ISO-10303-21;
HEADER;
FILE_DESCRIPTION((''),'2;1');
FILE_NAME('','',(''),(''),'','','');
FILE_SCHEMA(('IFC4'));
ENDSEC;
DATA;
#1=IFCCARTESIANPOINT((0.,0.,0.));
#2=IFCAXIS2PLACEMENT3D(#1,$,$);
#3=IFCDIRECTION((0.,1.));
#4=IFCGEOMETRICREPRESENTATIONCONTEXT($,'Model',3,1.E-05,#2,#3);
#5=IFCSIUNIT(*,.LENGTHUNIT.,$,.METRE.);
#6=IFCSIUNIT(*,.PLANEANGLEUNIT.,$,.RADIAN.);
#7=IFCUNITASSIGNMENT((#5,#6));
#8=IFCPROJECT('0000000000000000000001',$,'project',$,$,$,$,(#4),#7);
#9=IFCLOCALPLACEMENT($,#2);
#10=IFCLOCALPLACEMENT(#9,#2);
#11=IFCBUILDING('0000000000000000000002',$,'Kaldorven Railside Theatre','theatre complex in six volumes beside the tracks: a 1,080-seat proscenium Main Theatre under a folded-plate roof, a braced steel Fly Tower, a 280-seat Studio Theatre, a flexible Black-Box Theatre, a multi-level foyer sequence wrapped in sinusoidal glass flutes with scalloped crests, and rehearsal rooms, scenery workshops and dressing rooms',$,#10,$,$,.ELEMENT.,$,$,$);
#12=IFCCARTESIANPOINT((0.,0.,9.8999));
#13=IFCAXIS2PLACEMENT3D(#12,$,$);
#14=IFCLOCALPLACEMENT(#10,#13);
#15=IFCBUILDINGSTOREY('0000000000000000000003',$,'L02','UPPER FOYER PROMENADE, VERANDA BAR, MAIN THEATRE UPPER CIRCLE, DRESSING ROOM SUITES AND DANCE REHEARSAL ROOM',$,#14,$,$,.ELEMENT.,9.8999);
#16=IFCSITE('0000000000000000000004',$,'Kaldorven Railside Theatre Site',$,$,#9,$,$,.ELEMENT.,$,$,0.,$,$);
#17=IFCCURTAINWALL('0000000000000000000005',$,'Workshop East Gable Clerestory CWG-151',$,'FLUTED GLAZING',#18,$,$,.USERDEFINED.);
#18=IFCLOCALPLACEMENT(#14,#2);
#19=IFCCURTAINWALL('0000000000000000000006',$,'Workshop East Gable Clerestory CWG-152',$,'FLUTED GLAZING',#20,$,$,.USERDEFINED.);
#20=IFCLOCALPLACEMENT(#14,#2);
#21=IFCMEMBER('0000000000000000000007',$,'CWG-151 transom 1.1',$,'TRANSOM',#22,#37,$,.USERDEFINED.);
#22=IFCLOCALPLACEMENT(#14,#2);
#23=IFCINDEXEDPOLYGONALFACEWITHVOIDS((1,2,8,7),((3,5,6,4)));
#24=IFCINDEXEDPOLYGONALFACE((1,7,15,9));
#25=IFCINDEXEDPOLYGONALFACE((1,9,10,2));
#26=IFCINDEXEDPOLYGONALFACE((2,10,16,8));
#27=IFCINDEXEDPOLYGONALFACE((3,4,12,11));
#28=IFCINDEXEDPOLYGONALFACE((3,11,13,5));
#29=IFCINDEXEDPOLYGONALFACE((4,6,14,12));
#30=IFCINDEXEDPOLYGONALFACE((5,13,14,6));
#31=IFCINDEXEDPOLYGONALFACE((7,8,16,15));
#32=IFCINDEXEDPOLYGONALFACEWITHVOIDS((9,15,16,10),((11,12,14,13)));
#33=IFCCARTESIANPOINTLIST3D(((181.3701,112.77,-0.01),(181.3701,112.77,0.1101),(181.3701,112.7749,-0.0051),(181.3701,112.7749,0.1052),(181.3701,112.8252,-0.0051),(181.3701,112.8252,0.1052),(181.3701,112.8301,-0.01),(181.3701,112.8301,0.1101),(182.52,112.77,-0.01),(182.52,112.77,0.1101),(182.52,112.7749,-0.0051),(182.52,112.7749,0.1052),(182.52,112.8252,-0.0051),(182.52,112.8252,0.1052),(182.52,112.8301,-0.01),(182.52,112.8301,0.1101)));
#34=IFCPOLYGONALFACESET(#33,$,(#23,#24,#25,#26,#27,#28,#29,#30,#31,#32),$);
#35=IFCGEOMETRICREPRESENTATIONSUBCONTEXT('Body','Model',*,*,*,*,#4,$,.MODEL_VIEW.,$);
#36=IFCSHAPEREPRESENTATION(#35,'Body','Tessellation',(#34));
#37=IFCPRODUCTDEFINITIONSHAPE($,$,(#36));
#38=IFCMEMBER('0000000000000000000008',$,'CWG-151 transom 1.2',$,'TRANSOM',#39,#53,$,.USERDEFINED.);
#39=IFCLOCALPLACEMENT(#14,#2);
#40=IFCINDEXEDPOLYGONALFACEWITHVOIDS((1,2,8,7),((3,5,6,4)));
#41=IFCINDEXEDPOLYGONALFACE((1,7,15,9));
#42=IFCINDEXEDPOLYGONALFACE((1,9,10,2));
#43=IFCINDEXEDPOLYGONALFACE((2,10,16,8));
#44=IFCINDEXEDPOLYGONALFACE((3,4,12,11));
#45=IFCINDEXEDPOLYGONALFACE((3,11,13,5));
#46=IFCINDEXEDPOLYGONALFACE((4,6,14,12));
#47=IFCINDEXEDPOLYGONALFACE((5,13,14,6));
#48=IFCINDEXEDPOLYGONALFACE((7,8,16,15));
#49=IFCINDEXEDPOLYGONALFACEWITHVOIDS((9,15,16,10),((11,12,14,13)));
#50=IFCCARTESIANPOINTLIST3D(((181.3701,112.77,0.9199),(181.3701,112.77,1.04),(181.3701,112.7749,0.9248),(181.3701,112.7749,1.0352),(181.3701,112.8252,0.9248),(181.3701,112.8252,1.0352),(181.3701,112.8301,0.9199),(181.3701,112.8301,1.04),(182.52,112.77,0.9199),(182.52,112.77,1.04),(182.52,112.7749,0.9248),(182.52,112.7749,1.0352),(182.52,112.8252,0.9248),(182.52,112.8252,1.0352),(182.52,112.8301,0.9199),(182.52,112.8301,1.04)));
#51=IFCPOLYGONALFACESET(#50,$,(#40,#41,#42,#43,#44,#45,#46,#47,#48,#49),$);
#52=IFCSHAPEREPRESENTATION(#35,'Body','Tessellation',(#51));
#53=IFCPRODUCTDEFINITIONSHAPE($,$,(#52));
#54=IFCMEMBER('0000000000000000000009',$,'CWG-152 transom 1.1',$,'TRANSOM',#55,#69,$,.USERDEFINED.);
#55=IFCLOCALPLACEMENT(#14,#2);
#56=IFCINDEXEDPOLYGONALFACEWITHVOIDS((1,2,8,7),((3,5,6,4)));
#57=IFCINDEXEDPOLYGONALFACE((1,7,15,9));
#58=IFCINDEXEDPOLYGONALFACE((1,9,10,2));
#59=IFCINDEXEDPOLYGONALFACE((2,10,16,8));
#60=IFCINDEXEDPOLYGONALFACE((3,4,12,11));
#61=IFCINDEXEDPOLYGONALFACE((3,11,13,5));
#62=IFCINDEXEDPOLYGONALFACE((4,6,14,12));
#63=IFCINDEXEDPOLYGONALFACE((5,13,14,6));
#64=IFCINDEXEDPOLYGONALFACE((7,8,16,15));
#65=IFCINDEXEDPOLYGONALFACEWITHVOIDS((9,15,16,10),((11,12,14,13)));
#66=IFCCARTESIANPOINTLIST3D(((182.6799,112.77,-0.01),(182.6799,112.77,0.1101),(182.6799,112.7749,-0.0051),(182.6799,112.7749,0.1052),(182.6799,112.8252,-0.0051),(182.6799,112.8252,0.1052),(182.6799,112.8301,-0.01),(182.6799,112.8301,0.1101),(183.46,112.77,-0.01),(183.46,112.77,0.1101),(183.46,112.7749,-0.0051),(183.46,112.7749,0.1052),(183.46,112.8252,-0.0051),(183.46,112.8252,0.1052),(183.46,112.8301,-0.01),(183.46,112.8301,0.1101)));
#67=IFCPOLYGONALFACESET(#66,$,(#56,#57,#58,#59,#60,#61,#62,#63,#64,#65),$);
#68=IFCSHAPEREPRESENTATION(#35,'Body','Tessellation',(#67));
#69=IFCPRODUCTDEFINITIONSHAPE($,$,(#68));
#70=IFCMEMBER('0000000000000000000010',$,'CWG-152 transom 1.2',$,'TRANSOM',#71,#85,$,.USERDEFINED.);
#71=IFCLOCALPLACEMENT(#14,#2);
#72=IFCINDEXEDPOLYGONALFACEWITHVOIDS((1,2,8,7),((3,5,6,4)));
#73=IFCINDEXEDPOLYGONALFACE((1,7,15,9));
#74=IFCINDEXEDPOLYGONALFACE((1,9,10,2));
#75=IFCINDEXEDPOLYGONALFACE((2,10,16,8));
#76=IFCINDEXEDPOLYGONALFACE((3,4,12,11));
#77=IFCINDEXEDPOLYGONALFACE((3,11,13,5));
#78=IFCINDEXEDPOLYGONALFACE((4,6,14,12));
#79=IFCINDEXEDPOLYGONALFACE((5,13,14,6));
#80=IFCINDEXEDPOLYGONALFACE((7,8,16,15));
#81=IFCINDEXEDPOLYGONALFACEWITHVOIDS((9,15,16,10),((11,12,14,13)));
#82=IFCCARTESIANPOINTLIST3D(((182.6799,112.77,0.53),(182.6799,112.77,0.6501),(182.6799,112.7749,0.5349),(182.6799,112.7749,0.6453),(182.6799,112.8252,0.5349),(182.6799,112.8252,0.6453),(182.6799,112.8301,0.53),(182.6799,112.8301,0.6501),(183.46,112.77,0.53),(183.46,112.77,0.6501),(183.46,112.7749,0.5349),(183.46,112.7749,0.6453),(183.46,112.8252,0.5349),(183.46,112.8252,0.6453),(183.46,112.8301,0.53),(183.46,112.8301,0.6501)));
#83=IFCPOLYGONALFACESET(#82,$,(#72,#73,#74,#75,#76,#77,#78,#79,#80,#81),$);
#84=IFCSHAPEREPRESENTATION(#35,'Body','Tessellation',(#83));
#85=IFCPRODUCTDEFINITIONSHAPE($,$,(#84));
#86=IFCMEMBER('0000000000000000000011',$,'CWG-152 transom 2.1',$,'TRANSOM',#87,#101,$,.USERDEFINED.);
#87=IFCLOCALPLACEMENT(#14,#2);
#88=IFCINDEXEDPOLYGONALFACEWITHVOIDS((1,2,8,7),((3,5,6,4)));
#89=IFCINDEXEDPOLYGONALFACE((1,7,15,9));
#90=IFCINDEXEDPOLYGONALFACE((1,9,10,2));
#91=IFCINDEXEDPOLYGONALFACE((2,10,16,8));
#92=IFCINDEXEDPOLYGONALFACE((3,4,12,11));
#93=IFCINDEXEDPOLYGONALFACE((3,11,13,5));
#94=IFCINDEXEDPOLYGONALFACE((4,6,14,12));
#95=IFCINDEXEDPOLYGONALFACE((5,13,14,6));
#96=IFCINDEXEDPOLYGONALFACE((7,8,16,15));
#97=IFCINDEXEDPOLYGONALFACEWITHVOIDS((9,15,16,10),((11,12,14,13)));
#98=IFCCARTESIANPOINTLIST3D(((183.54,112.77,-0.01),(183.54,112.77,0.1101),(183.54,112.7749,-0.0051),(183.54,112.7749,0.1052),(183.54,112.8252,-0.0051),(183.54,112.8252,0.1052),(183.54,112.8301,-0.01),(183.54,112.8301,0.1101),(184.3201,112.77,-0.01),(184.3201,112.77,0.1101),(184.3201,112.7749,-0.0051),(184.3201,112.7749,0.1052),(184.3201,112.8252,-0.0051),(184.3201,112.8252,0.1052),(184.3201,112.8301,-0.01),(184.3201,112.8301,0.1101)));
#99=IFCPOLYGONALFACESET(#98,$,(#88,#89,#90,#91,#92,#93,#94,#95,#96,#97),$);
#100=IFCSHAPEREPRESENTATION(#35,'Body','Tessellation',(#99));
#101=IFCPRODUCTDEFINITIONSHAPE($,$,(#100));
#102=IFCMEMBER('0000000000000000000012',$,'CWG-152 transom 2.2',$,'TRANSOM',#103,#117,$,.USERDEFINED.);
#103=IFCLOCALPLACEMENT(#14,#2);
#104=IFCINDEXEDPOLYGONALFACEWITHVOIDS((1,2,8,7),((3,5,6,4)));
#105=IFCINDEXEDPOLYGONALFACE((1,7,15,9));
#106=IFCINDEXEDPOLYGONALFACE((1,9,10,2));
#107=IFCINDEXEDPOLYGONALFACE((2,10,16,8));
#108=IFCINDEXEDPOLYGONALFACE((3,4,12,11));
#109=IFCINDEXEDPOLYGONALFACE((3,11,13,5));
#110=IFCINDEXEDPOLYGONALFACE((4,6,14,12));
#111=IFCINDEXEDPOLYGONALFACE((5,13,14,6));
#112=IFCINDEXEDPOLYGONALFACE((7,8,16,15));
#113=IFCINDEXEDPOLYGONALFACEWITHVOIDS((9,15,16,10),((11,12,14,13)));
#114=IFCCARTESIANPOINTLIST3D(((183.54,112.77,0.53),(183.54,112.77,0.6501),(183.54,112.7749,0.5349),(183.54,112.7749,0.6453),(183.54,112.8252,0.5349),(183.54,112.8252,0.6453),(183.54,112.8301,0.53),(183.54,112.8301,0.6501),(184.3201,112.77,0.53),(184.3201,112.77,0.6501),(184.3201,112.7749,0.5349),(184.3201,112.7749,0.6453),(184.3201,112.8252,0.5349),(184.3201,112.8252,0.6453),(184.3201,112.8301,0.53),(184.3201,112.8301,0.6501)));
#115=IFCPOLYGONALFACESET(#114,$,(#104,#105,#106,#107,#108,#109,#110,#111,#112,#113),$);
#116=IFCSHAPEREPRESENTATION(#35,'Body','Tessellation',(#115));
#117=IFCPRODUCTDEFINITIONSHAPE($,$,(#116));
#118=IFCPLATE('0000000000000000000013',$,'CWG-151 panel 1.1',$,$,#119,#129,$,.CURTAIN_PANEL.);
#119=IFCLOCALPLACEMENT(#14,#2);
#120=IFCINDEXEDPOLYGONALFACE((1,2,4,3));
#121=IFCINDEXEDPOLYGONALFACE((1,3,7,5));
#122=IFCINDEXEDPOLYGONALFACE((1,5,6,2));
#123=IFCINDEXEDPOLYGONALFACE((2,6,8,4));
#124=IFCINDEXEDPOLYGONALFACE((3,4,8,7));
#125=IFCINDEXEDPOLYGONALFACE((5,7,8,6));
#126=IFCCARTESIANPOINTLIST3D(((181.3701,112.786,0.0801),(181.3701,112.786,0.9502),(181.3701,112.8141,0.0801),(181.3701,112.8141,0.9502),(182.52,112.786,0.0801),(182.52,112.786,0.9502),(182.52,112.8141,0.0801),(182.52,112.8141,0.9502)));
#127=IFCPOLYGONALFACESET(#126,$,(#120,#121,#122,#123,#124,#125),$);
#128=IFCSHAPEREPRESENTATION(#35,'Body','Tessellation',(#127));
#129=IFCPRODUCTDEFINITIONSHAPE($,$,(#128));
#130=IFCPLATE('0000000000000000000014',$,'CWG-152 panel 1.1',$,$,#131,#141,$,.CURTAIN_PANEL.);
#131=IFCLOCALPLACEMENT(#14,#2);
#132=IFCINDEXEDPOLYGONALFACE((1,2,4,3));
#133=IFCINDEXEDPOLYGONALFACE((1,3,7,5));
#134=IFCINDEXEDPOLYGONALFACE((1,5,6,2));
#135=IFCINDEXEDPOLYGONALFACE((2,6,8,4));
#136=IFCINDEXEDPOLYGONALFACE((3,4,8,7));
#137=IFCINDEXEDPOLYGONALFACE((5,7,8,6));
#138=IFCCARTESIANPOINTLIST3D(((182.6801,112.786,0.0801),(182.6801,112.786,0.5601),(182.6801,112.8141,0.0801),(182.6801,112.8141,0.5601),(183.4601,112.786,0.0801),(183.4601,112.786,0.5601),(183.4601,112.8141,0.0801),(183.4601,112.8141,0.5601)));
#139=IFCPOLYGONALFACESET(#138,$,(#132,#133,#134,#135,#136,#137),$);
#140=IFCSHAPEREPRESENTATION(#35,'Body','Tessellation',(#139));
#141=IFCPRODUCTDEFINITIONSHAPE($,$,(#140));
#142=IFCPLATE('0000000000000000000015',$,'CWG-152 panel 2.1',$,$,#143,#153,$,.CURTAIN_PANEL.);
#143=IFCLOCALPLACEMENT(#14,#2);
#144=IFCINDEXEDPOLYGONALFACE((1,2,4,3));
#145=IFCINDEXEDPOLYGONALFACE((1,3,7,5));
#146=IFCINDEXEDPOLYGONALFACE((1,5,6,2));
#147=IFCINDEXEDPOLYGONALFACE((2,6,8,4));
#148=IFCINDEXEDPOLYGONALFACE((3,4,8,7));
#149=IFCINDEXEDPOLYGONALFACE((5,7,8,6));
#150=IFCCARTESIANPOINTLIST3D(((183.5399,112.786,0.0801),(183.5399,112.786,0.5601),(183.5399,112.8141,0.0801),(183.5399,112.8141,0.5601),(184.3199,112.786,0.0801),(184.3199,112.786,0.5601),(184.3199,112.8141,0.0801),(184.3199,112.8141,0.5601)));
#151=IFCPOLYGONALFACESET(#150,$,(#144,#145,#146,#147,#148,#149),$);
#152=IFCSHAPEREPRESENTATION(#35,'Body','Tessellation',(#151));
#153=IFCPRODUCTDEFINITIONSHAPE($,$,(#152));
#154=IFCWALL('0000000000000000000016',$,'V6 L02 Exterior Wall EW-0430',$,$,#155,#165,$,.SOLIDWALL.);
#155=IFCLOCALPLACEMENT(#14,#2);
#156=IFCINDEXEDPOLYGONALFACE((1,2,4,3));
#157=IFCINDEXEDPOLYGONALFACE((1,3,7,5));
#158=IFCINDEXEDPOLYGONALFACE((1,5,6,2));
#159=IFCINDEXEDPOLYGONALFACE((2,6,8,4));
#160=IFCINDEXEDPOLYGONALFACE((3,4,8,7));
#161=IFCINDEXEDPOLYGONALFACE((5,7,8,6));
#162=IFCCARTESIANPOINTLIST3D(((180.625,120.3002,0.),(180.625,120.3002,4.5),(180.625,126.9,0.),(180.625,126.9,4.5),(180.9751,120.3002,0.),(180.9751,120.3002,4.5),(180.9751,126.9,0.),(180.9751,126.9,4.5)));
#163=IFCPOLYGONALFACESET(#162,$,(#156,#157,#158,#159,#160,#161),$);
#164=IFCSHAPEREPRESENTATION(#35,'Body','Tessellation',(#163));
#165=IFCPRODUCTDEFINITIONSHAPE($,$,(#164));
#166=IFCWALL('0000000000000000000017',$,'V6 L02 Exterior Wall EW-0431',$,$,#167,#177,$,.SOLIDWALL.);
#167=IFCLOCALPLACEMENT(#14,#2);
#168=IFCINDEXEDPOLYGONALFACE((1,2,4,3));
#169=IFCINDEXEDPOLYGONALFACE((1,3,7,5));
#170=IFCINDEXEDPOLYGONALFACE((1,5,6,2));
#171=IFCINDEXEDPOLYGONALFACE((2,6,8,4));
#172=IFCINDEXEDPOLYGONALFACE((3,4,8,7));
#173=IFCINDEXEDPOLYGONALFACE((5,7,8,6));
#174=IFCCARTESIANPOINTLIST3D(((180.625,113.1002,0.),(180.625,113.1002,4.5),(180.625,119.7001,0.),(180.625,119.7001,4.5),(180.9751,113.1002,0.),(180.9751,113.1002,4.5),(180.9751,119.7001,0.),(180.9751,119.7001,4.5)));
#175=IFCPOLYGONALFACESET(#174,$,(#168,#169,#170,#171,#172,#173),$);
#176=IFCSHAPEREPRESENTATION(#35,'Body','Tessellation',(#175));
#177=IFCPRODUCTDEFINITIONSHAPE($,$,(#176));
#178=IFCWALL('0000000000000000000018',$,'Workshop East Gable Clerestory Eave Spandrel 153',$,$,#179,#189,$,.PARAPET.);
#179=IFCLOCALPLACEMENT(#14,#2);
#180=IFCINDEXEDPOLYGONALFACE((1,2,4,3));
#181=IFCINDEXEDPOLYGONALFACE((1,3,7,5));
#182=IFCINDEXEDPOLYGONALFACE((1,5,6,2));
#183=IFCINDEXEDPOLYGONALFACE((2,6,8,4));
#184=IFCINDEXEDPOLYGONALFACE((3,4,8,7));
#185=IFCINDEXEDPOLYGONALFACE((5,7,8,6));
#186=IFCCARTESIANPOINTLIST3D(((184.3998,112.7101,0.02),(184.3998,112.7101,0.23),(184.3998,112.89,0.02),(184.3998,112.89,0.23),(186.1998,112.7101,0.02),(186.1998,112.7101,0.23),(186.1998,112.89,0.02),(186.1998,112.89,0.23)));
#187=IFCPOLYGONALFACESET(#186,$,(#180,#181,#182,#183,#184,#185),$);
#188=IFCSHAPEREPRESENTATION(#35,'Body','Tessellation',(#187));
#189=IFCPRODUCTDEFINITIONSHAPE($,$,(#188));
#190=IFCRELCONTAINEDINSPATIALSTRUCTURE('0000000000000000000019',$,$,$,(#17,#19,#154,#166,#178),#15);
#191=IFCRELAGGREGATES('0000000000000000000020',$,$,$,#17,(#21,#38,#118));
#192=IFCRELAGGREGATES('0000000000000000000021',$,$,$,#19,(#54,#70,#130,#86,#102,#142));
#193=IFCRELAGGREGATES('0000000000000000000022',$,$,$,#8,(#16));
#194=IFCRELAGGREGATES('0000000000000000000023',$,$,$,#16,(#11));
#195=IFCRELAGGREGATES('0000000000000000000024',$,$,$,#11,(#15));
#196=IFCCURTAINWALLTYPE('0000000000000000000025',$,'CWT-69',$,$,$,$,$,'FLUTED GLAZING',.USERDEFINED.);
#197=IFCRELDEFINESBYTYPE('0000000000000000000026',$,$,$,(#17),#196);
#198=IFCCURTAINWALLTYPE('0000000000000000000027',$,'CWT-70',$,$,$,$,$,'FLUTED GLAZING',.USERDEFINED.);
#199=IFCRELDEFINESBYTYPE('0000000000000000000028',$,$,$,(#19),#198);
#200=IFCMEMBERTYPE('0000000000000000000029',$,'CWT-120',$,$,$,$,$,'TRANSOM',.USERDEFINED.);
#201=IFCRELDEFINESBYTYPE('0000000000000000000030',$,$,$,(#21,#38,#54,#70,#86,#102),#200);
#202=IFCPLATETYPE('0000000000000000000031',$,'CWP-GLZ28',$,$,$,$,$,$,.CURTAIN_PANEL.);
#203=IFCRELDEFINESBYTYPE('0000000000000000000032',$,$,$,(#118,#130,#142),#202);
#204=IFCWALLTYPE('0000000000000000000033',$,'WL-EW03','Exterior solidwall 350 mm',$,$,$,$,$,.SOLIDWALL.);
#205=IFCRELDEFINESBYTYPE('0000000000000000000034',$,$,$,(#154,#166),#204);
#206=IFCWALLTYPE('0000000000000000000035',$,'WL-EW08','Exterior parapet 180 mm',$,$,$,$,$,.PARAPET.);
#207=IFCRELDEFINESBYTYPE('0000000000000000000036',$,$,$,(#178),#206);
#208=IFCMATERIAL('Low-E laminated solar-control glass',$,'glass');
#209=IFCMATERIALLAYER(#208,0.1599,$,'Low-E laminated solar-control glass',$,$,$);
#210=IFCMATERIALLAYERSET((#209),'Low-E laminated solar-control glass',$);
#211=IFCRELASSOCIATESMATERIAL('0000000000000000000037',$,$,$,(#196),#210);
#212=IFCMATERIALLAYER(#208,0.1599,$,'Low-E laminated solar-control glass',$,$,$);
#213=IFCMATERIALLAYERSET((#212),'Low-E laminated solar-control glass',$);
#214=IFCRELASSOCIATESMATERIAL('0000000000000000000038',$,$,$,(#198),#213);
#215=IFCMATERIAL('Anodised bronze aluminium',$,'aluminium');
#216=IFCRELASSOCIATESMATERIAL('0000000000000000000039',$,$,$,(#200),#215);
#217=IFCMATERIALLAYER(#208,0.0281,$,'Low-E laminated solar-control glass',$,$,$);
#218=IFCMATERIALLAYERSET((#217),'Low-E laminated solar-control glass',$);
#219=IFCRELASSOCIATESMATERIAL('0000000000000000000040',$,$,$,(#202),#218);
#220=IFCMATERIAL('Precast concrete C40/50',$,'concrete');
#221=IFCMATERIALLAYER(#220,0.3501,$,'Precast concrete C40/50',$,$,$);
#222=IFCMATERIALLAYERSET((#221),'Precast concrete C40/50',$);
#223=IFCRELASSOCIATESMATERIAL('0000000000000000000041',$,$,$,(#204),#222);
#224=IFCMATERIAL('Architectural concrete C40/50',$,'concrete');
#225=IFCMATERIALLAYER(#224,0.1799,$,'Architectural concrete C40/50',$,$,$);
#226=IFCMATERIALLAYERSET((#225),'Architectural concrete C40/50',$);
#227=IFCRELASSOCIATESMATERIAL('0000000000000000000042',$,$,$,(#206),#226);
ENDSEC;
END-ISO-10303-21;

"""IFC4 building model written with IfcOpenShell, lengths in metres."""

from ifc_helpers import new_model, si_unit, direction, frame, frame_2d, origin, origin_2d, place, context, subcontext, project, spatial, rectangle, hollow_rectangle, extrude, material, layer, layer_set, material_profile, profile_set, type_object, element, aggregate, save


model = new_model("IFC4")

# Units and contexts
model_context = context("Model", 3, precision=1e-05, world=origin(), true_north=direction((0.0, 1.0)))
body_context = subcontext(model_context, "Body", "Model", "MODEL_VIEW")
ifc_project = project(units=[si_unit("LENGTHUNIT", "METRE"), si_unit("PLANEANGLEUNIT", "RADIAN")], contexts=[model_context])

# Site, building, storey
site_placement = place(None, origin())
site = spatial("IfcSite", under=ifc_project, at=site_placement, Name="Kaldorven Railside Theatre Site", CompositionType="ELEMENT", RefElevation=0.0)
building_placement = place(site_placement, origin())
building = spatial("IfcBuilding", under=site, at=building_placement, Name="Kaldorven Railside Theatre", Description="theatre complex in six volumes beside the tracks: a 1,080-seat proscenium Main Theatre under a folded-plate roof, a braced steel Fly Tower, a 280-seat Studio Theatre, a flexible Black-Box Theatre, a multi-level foyer sequence wrapped in sinusoidal glass flutes with scalloped crests, and rehearsal rooms, scenery workshops and dressing rooms", CompositionType="ELEMENT")
storey_placement = place(building_placement, frame((0.0, 0.0, 9.8999)))
storey = spatial("IfcBuildingStorey", under=building, at=storey_placement, Name="L02", Description="UPPER FOYER PROMENADE, VERANDA BAR, MAIN THEATRE UPPER CIRCLE, DRESSING ROOM SUITES AND DANCE REHEARSAL ROOM", CompositionType="ELEMENT", Elevation=9.8999)

# Curtain walls
ifc_material_1 = material(Name="Low-E laminated solar-control glass", Category="glass")
ifc_layer_1 = layer(ifc_material_1, 0.1599, Name="Low-E laminated solar-control glass")
ifc_layer_set_1 = layer_set([ifc_layer_1], Name="Low-E laminated solar-control glass")
curtain_wall_type_1 = type_object("IfcCurtainWallType", Name="CWT-69", ElementType="FLUTED GLAZING", PredefinedType="USERDEFINED", material=ifc_layer_set_1)
curtain_wall_1_placement = place(storey_placement, origin())
curtain_wall_1 = element("IfcCurtainWall", 1, at=curtain_wall_1_placement, inside=storey, type_object=curtain_wall_type_1, Name="Workshop East Gable Clerestory CWG-151", ObjectType="FLUTED GLAZING", PredefinedType="USERDEFINED")
ifc_material_2 = material(Name="Anodised bronze aluminium", Category="aluminium")
ifc_layer_2 = layer(ifc_material_1, 0.1599, Name="Low-E laminated solar-control glass")
ifc_layer_set_2 = layer_set([ifc_layer_2], Name="Low-E laminated solar-control glass")
curtain_wall_type_2 = type_object("IfcCurtainWallType", Name="CWT-70", ElementType="FLUTED GLAZING", PredefinedType="USERDEFINED", material=ifc_layer_set_2)
curtain_wall_2_placement = place(storey_placement, origin())
curtain_wall_2 = element("IfcCurtainWall", 2, at=curtain_wall_2_placement, inside=storey, type_object=curtain_wall_type_2, Name="Workshop East Gable Clerestory CWG-152", ObjectType="FLUTED GLAZING", PredefinedType="USERDEFINED")

# Members
ifc_material_profile_1 = material_profile(ifc_material_2, hollow_rectangle(XDim=0.0601, YDim=0.1201, WallThickness=0.0049, at=origin_2d()), Name="RHS 120x60x5")
ifc_profile_set_1 = profile_set([ifc_material_profile_1], Name="Anodised bronze aluminium")
member_type_1 = type_object("IfcMemberType", Name="CWT-120", ElementType="TRANSOM", PredefinedType="USERDEFINED", material=ifc_profile_set_1)
member_1_placement = place(storey_placement, frame((181.3701, 112.8, 0.05), z_axis=(1.0, 0.0, 0.0), x_axis=(0.0, 1.0, 0.0)))
member_1 = element("IfcMember", 3, at=member_1_placement, type_object=member_type_1, Name="CWG-151 transom 1.1", ObjectType="TRANSOM", PredefinedType="USERDEFINED", context=body_context, shape_type="SweptSolid", body=[
    extrude(hollow_rectangle(XDim=0.0601, YDim=0.1201, WallThickness=0.0049, at=origin_2d()), origin(), (0.0, 0.0, 1.0), 1.1499),
])
member_2_placement = place(storey_placement, frame((181.3701, 112.8, 0.98), z_axis=(1.0, 0.0, 0.0), x_axis=(0.0, 1.0, 0.0)))
member_2 = element("IfcMember", 4, at=member_2_placement, type_object=member_type_1, Name="CWG-151 transom 1.2", ObjectType="TRANSOM", PredefinedType="USERDEFINED", context=body_context, shape_type="SweptSolid", body=[
    extrude(hollow_rectangle(XDim=0.0601, YDim=0.1201, WallThickness=0.0049, at=origin_2d()), origin(), (0.0, 0.0, 1.0), 1.1499),
])
member_3_placement = place(storey_placement, frame((182.6799, 112.8, 0.05), z_axis=(1.0, 0.0, 0.0), x_axis=(0.0, 1.0, 0.0)))
member_3 = element("IfcMember", 5, at=member_3_placement, type_object=member_type_1, Name="CWG-152 transom 1.1", ObjectType="TRANSOM", PredefinedType="USERDEFINED", context=body_context, shape_type="SweptSolid", body=[
    extrude(hollow_rectangle(XDim=0.0601, YDim=0.1201, WallThickness=0.0049, at=origin_2d()), origin(), (0.0, 0.0, 1.0), 0.78),
])
member_4_placement = place(storey_placement, frame((182.6799, 112.8, 0.5901), z_axis=(1.0, 0.0, 0.0), x_axis=(0.0, 1.0, 0.0)))
member_4 = element("IfcMember", 6, at=member_4_placement, type_object=member_type_1, Name="CWG-152 transom 1.2", ObjectType="TRANSOM", PredefinedType="USERDEFINED", context=body_context, shape_type="SweptSolid", body=[
    extrude(hollow_rectangle(XDim=0.0601, YDim=0.1201, WallThickness=0.0049, at=origin_2d()), origin(), (0.0, 0.0, 1.0), 0.78),
])
member_5_placement = place(storey_placement, frame((183.54, 112.8, 0.05), z_axis=(1.0, 0.0, 0.0), x_axis=(0.0, 1.0, 0.0)))
member_5 = element("IfcMember", 7, at=member_5_placement, type_object=member_type_1, Name="CWG-152 transom 2.1", ObjectType="TRANSOM", PredefinedType="USERDEFINED", context=body_context, shape_type="SweptSolid", body=[
    extrude(hollow_rectangle(XDim=0.0601, YDim=0.1201, WallThickness=0.0049, at=origin_2d()), origin(), (0.0, 0.0, 1.0), 0.78),
])
member_6_placement = place(storey_placement, frame((183.54, 112.8, 0.5901), z_axis=(1.0, 0.0, 0.0), x_axis=(0.0, 1.0, 0.0)))
member_6 = element("IfcMember", 8, at=member_6_placement, type_object=member_type_1, Name="CWG-152 transom 2.2", ObjectType="TRANSOM", PredefinedType="USERDEFINED", context=body_context, shape_type="SweptSolid", body=[
    extrude(hollow_rectangle(XDim=0.0601, YDim=0.1201, WallThickness=0.0049, at=origin_2d()), origin(), (0.0, 0.0, 1.0), 0.78),
])

# Plates
ifc_layer_3 = layer(ifc_material_1, 0.0281, Name="Low-E laminated solar-control glass")
ifc_layer_set_3 = layer_set([ifc_layer_3], Name="Low-E laminated solar-control glass")
plate_type = type_object("IfcPlateType", Name="CWP-GLZ28", PredefinedType="CURTAIN_PANEL", material=ifc_layer_set_3)
plate_1_placement = place(storey_placement, frame((181.9451, 112.8, 0.0801), z_axis=(0.0, 0.0, 1.0), x_axis=(1.0, 0.0, 0.0)))
plate_1 = element("IfcPlate", 9, at=plate_1_placement, type_object=plate_type, Name="CWG-151 panel 1.1", PredefinedType="CURTAIN_PANEL", context=body_context, shape_type="SweptSolid", body=[
    extrude(rectangle(XDim=1.1499, YDim=0.0281, at=origin_2d()), origin(), (0.0, 0.0, 1.0), 0.8701),
])
aggregate(curtain_wall_1, [member_1, member_2, plate_1])
plate_2_placement = place(storey_placement, frame((183.0701, 112.8, 0.0801), z_axis=(0.0, 0.0, 1.0), x_axis=(1.0, 0.0, 0.0)))
plate_2 = element("IfcPlate", 10, at=plate_2_placement, type_object=plate_type, Name="CWG-152 panel 1.1", PredefinedType="CURTAIN_PANEL", context=body_context, shape_type="SweptSolid", body=[
    extrude(rectangle(XDim=0.78, YDim=0.0281, at=origin_2d()), origin(), (0.0, 0.0, 1.0), 0.48),
])
plate_3_placement = place(storey_placement, frame((183.9299, 112.8, 0.0801), z_axis=(0.0, 0.0, 1.0), x_axis=(1.0, 0.0, 0.0)))
plate_3 = element("IfcPlate", 11, at=plate_3_placement, type_object=plate_type, Name="CWG-152 panel 2.1", PredefinedType="CURTAIN_PANEL", context=body_context, shape_type="SweptSolid", body=[
    extrude(rectangle(XDim=0.78, YDim=0.0281, at=origin_2d()), origin(), (0.0, 0.0, 1.0), 0.48),
])
aggregate(curtain_wall_2, [member_3, member_4, plate_2, member_5, member_6, plate_3])

# Walls
ifc_material_3 = material(Name="Precast concrete C40/50", Category="concrete")
ifc_layer_4 = layer(ifc_material_3, 0.3501, Name="Precast concrete C40/50")
ifc_layer_set_4 = layer_set([ifc_layer_4], Name="Precast concrete C40/50")
wall_type_1 = type_object("IfcWallType", Name="WL-EW03", Description="Exterior solidwall 350 mm", PredefinedType="SOLIDWALL", material=ifc_layer_set_4)
for number, where, z_axis, x_axis, name in (
    (12, (180.8, 126.8999, 0.0), (0.0, 0.0, 1.0), (0.0, -1.0, 0.0), "V6 L02 Exterior Wall EW-0430"),
    (13, (180.8, 119.7, 0.0), (0.0, 0.0, 1.0), (0.0, -1.0, 0.0), "V6 L02 Exterior Wall EW-0431"),
):
    element("IfcWall", number, at=place(storey_placement, frame(where, z_axis=z_axis, x_axis=x_axis)), inside=storey, type_object=wall_type_1, Name=name, PredefinedType="SOLIDWALL", context=body_context, shape_type="SweptSolid", body=[
        extrude(rectangle(XDim=6.5999, YDim=0.3501, at=frame_2d((3.2998, 0.0))), origin(), (0.0, 0.0, 1.0), 4.5),
    ])
ifc_material_4 = material(Name="Architectural concrete C40/50", Category="concrete")
ifc_layer_5 = layer(ifc_material_4, 0.1799, Name="Architectural concrete C40/50")
ifc_layer_set_5 = layer_set([ifc_layer_5], Name="Architectural concrete C40/50")
wall_type_2 = type_object("IfcWallType", Name="WL-EW08", Description="Exterior parapet 180 mm", PredefinedType="PARAPET", material=ifc_layer_set_5)
wall_1_placement = place(storey_placement, frame((184.3999, 112.8, 0.02), z_axis=(0.0, 0.0, 1.0), x_axis=(1.0, 0.0, 0.0)))
element("IfcWall", 14, at=wall_1_placement, inside=storey, type_object=wall_type_2, Name="Workshop East Gable Clerestory Eave Spandrel 153", PredefinedType="PARAPET", context=body_context, shape_type="SweptSolid", body=[
    extrude(rectangle(XDim=1.8, YDim=0.1799, at=frame_2d((0.8999, 0.0))), origin(), (0.0, 0.0, 1.0), 0.21),
])

save(model, "model.ifc")
